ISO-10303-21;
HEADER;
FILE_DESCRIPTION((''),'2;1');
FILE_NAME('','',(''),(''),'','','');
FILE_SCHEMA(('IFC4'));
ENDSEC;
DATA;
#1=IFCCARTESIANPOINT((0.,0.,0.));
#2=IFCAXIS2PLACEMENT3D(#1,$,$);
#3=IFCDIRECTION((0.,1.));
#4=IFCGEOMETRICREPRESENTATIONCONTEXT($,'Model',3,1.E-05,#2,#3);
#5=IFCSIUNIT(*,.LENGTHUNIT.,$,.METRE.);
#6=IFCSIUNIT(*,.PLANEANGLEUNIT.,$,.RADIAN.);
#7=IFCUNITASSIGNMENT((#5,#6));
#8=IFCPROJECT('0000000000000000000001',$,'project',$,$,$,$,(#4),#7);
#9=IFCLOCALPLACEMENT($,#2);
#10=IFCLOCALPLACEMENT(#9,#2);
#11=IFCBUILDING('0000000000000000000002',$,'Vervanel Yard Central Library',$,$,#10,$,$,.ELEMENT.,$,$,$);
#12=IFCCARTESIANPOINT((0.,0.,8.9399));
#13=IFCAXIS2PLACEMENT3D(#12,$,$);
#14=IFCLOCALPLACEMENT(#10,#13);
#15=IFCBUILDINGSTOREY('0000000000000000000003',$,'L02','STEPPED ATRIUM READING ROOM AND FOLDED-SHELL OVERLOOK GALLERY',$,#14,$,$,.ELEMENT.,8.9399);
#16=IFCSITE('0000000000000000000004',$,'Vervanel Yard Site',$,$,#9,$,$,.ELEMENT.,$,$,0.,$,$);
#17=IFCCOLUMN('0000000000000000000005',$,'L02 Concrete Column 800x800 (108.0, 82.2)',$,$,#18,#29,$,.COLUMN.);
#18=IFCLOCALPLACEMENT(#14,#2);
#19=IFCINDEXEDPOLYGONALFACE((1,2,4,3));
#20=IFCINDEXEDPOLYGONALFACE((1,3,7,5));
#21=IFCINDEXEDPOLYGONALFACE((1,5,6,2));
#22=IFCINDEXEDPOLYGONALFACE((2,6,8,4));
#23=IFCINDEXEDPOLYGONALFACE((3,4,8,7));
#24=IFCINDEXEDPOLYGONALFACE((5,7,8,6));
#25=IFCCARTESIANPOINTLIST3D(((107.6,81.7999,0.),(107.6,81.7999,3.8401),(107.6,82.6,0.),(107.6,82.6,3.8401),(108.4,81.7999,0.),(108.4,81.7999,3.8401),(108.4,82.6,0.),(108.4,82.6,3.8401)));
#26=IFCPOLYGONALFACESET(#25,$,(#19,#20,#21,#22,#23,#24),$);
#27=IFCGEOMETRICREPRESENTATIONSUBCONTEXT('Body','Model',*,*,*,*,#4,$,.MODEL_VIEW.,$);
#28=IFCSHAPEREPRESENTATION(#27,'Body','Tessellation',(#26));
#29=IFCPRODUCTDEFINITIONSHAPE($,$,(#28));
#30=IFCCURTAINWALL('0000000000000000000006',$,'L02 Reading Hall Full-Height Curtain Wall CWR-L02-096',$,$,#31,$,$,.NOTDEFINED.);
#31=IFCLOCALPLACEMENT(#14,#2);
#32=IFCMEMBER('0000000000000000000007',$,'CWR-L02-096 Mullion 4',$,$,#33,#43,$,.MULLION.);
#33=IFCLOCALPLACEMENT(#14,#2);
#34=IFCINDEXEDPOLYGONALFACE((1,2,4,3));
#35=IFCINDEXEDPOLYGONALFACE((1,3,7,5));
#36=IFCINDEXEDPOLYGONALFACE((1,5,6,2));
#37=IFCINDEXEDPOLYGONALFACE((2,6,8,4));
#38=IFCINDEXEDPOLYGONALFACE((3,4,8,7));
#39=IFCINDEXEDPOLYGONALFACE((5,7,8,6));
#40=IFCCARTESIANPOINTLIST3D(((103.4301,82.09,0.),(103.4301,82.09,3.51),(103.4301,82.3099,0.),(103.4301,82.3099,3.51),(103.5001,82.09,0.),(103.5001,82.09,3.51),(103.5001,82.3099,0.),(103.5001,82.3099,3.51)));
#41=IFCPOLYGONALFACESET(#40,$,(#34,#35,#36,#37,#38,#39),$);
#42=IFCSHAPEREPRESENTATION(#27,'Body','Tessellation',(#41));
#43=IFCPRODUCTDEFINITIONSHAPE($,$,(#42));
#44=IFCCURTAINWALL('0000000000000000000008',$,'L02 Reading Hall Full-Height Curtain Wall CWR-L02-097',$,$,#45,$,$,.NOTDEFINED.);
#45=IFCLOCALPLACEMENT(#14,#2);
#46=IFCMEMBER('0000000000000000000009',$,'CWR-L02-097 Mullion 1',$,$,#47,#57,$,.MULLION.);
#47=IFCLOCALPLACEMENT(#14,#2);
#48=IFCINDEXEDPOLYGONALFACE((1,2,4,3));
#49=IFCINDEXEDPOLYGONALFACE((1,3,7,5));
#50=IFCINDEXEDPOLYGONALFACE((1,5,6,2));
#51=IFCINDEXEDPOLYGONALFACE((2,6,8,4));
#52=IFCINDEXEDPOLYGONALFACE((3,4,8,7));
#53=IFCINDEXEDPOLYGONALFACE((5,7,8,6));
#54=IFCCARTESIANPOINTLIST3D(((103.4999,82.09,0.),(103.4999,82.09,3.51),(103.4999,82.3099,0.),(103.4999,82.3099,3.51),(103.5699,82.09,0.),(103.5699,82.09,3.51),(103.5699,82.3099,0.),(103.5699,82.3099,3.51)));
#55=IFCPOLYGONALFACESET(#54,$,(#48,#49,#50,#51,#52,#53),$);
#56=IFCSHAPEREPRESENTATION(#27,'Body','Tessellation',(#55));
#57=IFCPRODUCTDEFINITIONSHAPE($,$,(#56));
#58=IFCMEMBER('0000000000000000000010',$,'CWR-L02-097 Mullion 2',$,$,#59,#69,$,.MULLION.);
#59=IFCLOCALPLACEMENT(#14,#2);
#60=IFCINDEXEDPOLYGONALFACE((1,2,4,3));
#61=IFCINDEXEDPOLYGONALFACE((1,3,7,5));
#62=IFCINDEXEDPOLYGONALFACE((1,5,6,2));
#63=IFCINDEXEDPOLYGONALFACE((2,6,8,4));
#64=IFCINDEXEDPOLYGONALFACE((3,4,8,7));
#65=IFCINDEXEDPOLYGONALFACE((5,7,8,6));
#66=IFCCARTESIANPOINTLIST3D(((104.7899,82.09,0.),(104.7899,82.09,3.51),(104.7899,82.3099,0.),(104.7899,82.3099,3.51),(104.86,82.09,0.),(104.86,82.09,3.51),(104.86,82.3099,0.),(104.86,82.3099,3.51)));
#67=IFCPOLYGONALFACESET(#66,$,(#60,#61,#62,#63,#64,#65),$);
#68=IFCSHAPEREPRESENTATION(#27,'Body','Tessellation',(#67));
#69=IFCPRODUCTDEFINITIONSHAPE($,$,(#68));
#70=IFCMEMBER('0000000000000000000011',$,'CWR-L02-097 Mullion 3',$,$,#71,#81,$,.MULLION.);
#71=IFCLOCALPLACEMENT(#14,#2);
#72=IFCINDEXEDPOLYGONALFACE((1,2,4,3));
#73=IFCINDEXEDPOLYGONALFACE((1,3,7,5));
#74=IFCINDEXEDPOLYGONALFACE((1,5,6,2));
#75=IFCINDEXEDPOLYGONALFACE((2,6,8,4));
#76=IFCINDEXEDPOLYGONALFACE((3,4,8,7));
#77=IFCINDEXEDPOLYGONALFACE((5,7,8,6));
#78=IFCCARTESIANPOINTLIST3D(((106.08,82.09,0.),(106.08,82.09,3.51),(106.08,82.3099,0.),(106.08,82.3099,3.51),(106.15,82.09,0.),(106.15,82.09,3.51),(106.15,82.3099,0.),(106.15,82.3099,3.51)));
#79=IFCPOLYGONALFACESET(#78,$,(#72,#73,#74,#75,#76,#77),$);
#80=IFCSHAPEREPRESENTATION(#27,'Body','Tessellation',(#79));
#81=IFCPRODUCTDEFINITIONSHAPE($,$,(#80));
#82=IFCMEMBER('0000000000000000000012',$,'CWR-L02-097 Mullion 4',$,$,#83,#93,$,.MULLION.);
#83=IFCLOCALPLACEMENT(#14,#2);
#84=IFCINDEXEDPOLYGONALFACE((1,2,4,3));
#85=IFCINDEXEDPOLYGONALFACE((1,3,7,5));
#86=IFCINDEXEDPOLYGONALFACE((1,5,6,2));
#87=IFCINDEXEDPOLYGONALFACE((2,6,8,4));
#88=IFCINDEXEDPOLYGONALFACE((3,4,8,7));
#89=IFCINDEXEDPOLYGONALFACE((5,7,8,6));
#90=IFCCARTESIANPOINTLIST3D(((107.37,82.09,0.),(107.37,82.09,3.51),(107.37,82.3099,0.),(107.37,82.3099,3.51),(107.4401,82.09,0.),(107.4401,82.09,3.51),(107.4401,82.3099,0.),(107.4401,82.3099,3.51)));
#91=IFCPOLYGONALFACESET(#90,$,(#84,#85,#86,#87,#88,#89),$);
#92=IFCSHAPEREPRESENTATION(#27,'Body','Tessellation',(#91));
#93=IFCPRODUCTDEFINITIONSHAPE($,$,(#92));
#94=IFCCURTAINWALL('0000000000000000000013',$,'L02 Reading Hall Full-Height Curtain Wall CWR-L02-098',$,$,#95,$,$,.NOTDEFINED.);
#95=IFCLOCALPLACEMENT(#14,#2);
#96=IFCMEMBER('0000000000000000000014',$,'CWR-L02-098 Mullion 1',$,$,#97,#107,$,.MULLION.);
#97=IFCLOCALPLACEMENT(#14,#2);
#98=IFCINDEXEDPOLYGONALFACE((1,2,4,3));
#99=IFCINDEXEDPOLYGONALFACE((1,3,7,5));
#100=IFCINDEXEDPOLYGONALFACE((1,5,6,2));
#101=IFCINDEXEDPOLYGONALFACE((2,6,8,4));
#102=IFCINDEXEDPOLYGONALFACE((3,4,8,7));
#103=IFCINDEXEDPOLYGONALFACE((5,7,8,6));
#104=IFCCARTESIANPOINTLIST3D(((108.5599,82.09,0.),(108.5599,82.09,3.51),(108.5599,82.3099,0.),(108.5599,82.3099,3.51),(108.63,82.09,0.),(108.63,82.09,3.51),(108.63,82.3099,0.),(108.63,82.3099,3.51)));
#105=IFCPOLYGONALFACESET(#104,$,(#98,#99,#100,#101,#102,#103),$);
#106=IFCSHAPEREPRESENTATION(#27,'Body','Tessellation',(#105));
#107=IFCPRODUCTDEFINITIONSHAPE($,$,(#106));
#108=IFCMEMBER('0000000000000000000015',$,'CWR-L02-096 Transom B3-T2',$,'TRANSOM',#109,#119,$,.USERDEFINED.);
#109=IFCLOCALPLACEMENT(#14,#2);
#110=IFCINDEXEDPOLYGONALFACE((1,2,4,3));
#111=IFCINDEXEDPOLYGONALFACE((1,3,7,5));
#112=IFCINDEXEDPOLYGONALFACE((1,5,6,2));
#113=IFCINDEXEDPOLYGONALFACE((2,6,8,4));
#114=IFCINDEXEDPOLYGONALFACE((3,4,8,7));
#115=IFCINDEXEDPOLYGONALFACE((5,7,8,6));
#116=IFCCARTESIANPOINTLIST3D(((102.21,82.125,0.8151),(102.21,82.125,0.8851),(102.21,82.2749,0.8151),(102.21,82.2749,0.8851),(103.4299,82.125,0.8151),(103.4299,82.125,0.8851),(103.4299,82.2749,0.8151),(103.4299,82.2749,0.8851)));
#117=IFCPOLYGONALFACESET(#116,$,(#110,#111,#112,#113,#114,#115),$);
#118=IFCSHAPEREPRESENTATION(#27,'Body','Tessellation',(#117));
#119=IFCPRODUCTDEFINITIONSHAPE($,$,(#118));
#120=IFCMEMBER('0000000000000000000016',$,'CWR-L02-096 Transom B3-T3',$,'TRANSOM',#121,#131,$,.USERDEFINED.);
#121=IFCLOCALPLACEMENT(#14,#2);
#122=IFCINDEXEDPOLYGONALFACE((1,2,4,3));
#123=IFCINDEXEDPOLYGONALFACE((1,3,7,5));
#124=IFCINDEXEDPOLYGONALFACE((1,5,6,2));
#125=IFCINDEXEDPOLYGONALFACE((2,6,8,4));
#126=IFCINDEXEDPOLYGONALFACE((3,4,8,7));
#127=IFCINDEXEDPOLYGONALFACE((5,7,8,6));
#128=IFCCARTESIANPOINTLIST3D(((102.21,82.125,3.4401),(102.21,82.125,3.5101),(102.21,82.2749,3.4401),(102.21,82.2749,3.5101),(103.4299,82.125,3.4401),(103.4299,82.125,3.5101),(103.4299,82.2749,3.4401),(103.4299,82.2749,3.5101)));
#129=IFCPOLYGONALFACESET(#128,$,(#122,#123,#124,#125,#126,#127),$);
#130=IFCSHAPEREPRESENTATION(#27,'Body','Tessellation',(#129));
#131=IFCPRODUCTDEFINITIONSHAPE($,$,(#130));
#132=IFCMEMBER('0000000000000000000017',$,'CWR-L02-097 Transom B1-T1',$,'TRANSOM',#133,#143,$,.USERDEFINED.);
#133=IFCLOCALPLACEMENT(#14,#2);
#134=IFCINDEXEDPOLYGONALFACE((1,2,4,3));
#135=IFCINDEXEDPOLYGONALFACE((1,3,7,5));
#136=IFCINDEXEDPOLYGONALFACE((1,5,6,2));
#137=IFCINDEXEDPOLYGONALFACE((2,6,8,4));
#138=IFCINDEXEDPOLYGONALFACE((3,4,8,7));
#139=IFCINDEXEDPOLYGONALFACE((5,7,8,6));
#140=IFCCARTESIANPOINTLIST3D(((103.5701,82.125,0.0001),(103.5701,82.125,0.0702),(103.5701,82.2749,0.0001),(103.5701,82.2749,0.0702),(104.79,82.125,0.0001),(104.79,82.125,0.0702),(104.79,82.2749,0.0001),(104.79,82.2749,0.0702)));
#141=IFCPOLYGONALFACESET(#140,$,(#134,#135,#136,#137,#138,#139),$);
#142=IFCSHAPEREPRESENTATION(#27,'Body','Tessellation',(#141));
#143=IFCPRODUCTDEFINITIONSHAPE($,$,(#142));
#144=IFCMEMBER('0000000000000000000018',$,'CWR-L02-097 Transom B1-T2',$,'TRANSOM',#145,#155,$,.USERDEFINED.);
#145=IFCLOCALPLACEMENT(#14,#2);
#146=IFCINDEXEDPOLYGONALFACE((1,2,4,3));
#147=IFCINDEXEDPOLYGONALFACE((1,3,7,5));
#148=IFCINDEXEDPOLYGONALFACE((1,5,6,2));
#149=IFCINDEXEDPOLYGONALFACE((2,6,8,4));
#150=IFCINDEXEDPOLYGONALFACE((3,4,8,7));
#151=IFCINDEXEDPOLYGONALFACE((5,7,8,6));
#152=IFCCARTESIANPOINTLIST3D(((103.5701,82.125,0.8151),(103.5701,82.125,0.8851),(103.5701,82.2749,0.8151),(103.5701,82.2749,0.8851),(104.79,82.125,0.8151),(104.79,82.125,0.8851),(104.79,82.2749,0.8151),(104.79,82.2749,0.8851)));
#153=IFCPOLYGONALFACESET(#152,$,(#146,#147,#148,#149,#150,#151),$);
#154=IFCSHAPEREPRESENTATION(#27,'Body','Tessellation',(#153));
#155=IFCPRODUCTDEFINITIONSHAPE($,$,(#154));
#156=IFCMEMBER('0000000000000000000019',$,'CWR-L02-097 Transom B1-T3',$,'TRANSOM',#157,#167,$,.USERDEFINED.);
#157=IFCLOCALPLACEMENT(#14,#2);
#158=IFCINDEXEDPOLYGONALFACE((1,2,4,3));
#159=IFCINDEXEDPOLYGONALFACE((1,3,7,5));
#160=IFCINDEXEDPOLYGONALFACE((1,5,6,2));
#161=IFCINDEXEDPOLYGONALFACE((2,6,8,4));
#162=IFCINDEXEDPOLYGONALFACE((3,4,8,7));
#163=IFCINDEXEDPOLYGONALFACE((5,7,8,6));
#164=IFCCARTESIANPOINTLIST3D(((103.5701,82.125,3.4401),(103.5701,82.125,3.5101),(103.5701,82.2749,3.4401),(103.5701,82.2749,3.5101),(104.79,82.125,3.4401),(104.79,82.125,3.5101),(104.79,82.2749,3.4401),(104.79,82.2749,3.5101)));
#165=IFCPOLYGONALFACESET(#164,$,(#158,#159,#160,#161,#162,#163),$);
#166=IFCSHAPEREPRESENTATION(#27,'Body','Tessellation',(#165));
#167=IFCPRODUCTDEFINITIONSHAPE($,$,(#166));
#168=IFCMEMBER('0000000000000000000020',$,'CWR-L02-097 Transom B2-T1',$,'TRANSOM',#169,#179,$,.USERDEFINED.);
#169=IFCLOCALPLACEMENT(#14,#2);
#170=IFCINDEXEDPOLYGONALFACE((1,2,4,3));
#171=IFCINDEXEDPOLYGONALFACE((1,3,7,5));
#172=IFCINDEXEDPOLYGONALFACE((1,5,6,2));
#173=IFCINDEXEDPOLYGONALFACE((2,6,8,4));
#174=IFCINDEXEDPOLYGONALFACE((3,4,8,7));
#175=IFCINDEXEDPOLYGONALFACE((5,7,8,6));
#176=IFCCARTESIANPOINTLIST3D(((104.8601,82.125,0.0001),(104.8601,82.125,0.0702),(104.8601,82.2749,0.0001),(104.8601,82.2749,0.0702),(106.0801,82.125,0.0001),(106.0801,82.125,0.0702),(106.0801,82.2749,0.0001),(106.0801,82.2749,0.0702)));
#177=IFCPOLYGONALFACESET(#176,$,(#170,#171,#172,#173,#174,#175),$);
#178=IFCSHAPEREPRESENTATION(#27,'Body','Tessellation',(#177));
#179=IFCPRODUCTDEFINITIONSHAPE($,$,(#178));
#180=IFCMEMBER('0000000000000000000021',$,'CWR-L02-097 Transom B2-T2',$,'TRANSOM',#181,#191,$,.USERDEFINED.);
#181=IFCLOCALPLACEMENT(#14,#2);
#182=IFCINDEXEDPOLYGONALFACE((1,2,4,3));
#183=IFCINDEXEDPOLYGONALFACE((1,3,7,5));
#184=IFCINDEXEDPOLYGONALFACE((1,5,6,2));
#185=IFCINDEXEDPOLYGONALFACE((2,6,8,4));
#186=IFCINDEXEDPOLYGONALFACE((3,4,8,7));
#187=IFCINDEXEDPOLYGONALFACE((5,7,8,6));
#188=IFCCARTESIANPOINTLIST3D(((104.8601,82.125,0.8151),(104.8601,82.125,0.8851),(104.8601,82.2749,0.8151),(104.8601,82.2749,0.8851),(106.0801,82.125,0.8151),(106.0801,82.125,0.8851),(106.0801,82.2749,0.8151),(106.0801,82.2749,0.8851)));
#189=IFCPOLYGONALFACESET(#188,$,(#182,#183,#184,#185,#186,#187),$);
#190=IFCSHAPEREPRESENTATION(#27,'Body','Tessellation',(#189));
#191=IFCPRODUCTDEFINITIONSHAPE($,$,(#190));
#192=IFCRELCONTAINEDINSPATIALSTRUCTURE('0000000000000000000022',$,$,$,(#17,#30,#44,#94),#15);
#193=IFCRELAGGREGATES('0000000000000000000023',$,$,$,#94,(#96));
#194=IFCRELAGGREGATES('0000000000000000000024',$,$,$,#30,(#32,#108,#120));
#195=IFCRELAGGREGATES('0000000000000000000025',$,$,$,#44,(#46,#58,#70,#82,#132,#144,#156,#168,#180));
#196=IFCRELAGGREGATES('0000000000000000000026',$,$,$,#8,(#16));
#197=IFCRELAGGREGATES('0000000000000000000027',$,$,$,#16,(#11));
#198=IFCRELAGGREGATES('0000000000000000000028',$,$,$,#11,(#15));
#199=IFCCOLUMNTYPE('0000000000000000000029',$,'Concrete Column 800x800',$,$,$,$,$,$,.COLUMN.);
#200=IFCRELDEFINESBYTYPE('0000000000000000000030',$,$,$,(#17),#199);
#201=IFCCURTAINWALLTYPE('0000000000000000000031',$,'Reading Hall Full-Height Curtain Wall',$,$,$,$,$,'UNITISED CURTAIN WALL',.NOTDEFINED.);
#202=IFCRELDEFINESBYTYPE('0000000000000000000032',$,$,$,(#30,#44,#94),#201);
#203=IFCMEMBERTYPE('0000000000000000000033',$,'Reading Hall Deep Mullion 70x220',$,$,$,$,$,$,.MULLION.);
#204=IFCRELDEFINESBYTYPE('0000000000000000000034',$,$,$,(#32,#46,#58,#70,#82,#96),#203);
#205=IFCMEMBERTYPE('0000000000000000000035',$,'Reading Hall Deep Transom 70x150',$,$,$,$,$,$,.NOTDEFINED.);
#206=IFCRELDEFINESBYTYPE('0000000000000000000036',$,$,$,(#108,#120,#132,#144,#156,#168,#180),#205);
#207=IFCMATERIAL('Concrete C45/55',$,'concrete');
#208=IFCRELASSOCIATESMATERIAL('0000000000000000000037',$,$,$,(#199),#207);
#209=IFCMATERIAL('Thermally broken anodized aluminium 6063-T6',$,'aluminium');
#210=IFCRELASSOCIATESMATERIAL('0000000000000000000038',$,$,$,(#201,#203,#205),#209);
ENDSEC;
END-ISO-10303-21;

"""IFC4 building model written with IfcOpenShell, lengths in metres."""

from ifc_helpers import new_model, si_unit, direction, frame, origin, origin_2d, place, context, subcontext, project, spatial, rectangle, extrude, material, material_profile, profile_set, type_object, element, aggregate, save


model = new_model("IFC4")

# Units and contexts
model_context = context("Model", 3, precision=1e-05, world=origin(), true_north=direction((0.0, 1.0)))
body_context = subcontext(model_context, "Body", "Model", "MODEL_VIEW")
ifc_project = project(units=[si_unit("LENGTHUNIT", "METRE"), si_unit("PLANEANGLEUNIT", "RADIAN")], contexts=[model_context])

# Site, building, storey
site_placement = place(None, origin())
site = spatial("IfcSite", under=ifc_project, at=site_placement, Name="Vervanel Yard Site", CompositionType="ELEMENT", RefElevation=0.0)
building_placement = place(site_placement, origin())
building = spatial("IfcBuilding", under=site, at=building_placement, Name="Vervanel Yard Central Library", CompositionType="ELEMENT")
storey_placement = place(building_placement, frame((0.0, 0.0, 8.9399)))
storey = spatial("IfcBuildingStorey", under=building, at=storey_placement, Name="L02", Description="STEPPED ATRIUM READING ROOM AND FOLDED-SHELL OVERLOOK GALLERY", CompositionType="ELEMENT", Elevation=8.9399)

# Column
ifc_material_1 = material(Name="Concrete C45/55", Category="concrete")
ifc_material_profile_1 = material_profile(ifc_material_1, rectangle(XDim=0.8, YDim=0.8, at=origin_2d()), Name="RC 800x800", Category="concrete")
ifc_profile_set_1 = profile_set([ifc_material_profile_1], Name="Concrete C45/55")
column_type = type_object("IfcColumnType", Name="Concrete Column 800x800", PredefinedType="COLUMN", material=ifc_profile_set_1)
column_placement = place(storey_placement, frame((108.0, 82.2, 0.0), z_axis=(0.0, 0.0, 1.0), x_axis=(1.0, 0.0, 0.0)))
element("IfcColumn", 1, at=column_placement, inside=storey, type_object=column_type, Name="L02 Concrete Column 800x800 (108.0, 82.2)", PredefinedType="COLUMN", context=body_context, shape_type="SweptSolid", body=[
    extrude(rectangle(XDim=0.8, YDim=0.8, at=origin_2d()), origin(), (0.0, 0.0, 1.0), 3.8401),
])

# Curtain wall, member
ifc_material_2 = material(Name="Thermally broken anodized aluminium 6063-T6", Category="aluminium")
curtain_wall_type = type_object("IfcCurtainWallType", Name="Reading Hall Full-Height Curtain Wall", ElementType="UNITISED CURTAIN WALL", PredefinedType="NOTDEFINED", material=ifc_material_2)
curtain_wall_1_placement = place(storey_placement, origin())
curtain_wall_1 = element("IfcCurtainWall", 2, at=curtain_wall_1_placement, inside=storey, type_object=curtain_wall_type, Name="L02 Reading Hall Full-Height Curtain Wall CWR-L02-096", PredefinedType="NOTDEFINED")
ifc_material_profile_2 = material_profile(ifc_material_2, rectangle(XDim=0.0701, YDim=0.22, at=origin_2d()), Name="ALU 70x220", Category="aluminium")
ifc_profile_set_2 = profile_set([ifc_material_profile_2], Name="Thermally broken anodized aluminium 6063-T6")
member_type_1 = type_object("IfcMemberType", Name="Reading Hall Deep Mullion 70x220", PredefinedType="MULLION", material=ifc_profile_set_2)
member_1_placement = place(storey_placement, frame((103.4651, 82.2, 0.0), z_axis=(0.0, 0.0, 1.0), x_axis=(1.0, 0.0, 0.0)))
member_1 = element("IfcMember", 3, at=member_1_placement, type_object=member_type_1, Name="CWR-L02-096 Mullion 4", PredefinedType="MULLION", context=body_context, shape_type="SweptSolid", body=[
    extrude(rectangle(XDim=0.0701, YDim=0.22, at=origin_2d()), origin(), (0.0, 0.0, 1.0), 3.51),
])

# Curtain wall, members
curtain_wall_2_placement = place(storey_placement, origin())
curtain_wall_2 = element("IfcCurtainWall", 4, at=curtain_wall_2_placement, inside=storey, type_object=curtain_wall_type, Name="L02 Reading Hall Full-Height Curtain Wall CWR-L02-097", PredefinedType="NOTDEFINED")
member_2_placement = place(storey_placement, frame((103.5349, 82.2, 0.0), z_axis=(0.0, 0.0, 1.0), x_axis=(1.0, 0.0, 0.0)))
member_2 = element("IfcMember", 5, at=member_2_placement, type_object=member_type_1, Name="CWR-L02-097 Mullion 1", PredefinedType="MULLION", context=body_context, shape_type="SweptSolid", body=[
    extrude(rectangle(XDim=0.0701, YDim=0.22, at=origin_2d()), origin(), (0.0, 0.0, 1.0), 3.51),
])
member_3_placement = place(storey_placement, frame((104.825, 82.2, 0.0), z_axis=(0.0, 0.0, 1.0), x_axis=(1.0, 0.0, 0.0)))
member_3 = element("IfcMember", 6, at=member_3_placement, type_object=member_type_1, Name="CWR-L02-097 Mullion 2", PredefinedType="MULLION", context=body_context, shape_type="SweptSolid", body=[
    extrude(rectangle(XDim=0.0701, YDim=0.22, at=origin_2d()), origin(), (0.0, 0.0, 1.0), 3.51),
])
member_4_placement = place(storey_placement, frame((106.115, 82.2, 0.0), z_axis=(0.0, 0.0, 1.0), x_axis=(1.0, 0.0, 0.0)))
member_4 = element("IfcMember", 7, at=member_4_placement, type_object=member_type_1, Name="CWR-L02-097 Mullion 3", PredefinedType="MULLION", context=body_context, shape_type="SweptSolid", body=[
    extrude(rectangle(XDim=0.0701, YDim=0.22, at=origin_2d()), origin(), (0.0, 0.0, 1.0), 3.51),
])
member_5_placement = place(storey_placement, frame((107.405, 82.2, 0.0), z_axis=(0.0, 0.0, 1.0), x_axis=(1.0, 0.0, 0.0)))
member_5 = element("IfcMember", 8, at=member_5_placement, type_object=member_type_1, Name="CWR-L02-097 Mullion 4", PredefinedType="MULLION", context=body_context, shape_type="SweptSolid", body=[
    extrude(rectangle(XDim=0.0701, YDim=0.22, at=origin_2d()), origin(), (0.0, 0.0, 1.0), 3.51),
])

# Curtain wall, member
curtain_wall_3_placement = place(storey_placement, origin())
curtain_wall_3 = element("IfcCurtainWall", 9, at=curtain_wall_3_placement, inside=storey, type_object=curtain_wall_type, Name="L02 Reading Hall Full-Height Curtain Wall CWR-L02-098", PredefinedType="NOTDEFINED")
member_6_placement = place(storey_placement, frame((108.595, 82.2, 0.0), z_axis=(0.0, 0.0, 1.0), x_axis=(1.0, 0.0, 0.0)))
member_6 = element("IfcMember", 10, at=member_6_placement, type_object=member_type_1, Name="CWR-L02-098 Mullion 1", PredefinedType="MULLION", context=body_context, shape_type="SweptSolid", body=[
    extrude(rectangle(XDim=0.0701, YDim=0.22, at=origin_2d()), origin(), (0.0, 0.0, 1.0), 3.51),
])

# Members
ifc_material_profile_3 = material_profile(ifc_material_2, rectangle(XDim=0.0701, YDim=0.1499, at=origin_2d()), Name="ALU 70x150", Category="aluminium")
ifc_profile_set_3 = profile_set([ifc_material_profile_3], Name="Thermally broken anodized aluminium 6063-T6")
member_type_2 = type_object("IfcMemberType", Name="Reading Hall Deep Transom 70x150", PredefinedType="NOTDEFINED", material=ifc_profile_set_3)
member_7_placement = place(storey_placement, frame((102.21, 82.2, 0.8501), z_axis=(1.0, 0.0, 0.0), x_axis=(0.0, 0.0, 1.0)))
member_7 = element("IfcMember", 11, at=member_7_placement, type_object=member_type_2, Name="CWR-L02-096 Transom B3-T2", ObjectType="TRANSOM", PredefinedType="USERDEFINED", context=body_context, shape_type="SweptSolid", body=[
    extrude(rectangle(XDim=0.0701, YDim=0.1499, at=origin_2d()), origin(), (0.0, 0.0, 1.0), 1.22),
])
member_8_placement = place(storey_placement, frame((102.21, 82.2, 3.4751), z_axis=(1.0, 0.0, 0.0), x_axis=(0.0, 0.0, 1.0)))
member_8 = element("IfcMember", 12, at=member_8_placement, type_object=member_type_2, Name="CWR-L02-096 Transom B3-T3", ObjectType="TRANSOM", PredefinedType="USERDEFINED", context=body_context, shape_type="SweptSolid", body=[
    extrude(rectangle(XDim=0.0701, YDim=0.1499, at=origin_2d()), origin(), (0.0, 0.0, 1.0), 1.22),
])
member_9_placement = place(storey_placement, frame((103.5701, 82.2, 0.0352), z_axis=(1.0, 0.0, 0.0), x_axis=(0.0, 0.0, 1.0)))
member_9 = element("IfcMember", 13, at=member_9_placement, type_object=member_type_2, Name="CWR-L02-097 Transom B1-T1", ObjectType="TRANSOM", PredefinedType="USERDEFINED", context=body_context, shape_type="SweptSolid", body=[
    extrude(rectangle(XDim=0.0701, YDim=0.1499, at=origin_2d()), origin(), (0.0, 0.0, 1.0), 1.22),
])
member_10_placement = place(storey_placement, frame((103.5701, 82.2, 0.8501), z_axis=(1.0, 0.0, 0.0), x_axis=(0.0, 0.0, 1.0)))
member_10 = element("IfcMember", 14, at=member_10_placement, type_object=member_type_2, Name="CWR-L02-097 Transom B1-T2", ObjectType="TRANSOM", PredefinedType="USERDEFINED", context=body_context, shape_type="SweptSolid", body=[
    extrude(rectangle(XDim=0.0701, YDim=0.1499, at=origin_2d()), origin(), (0.0, 0.0, 1.0), 1.22),
])
member_11_placement = place(storey_placement, frame((103.5701, 82.2, 3.4751), z_axis=(1.0, 0.0, 0.0), x_axis=(0.0, 0.0, 1.0)))
member_11 = element("IfcMember", 15, at=member_11_placement, type_object=member_type_2, Name="CWR-L02-097 Transom B1-T3", ObjectType="TRANSOM", PredefinedType="USERDEFINED", context=body_context, shape_type="SweptSolid", body=[
    extrude(rectangle(XDim=0.0701, YDim=0.1499, at=origin_2d()), origin(), (0.0, 0.0, 1.0), 1.22),
])
member_12_placement = place(storey_placement, frame((104.8601, 82.2, 0.0352), z_axis=(1.0, 0.0, 0.0), x_axis=(0.0, 0.0, 1.0)))
member_12 = element("IfcMember", 16, at=member_12_placement, type_object=member_type_2, Name="CWR-L02-097 Transom B2-T1", ObjectType="TRANSOM", PredefinedType="USERDEFINED", context=body_context, shape_type="SweptSolid", body=[
    extrude(rectangle(XDim=0.0701, YDim=0.1499, at=origin_2d()), origin(), (0.0, 0.0, 1.0), 1.22),
])
member_13_placement = place(storey_placement, frame((104.8601, 82.2, 0.8501), z_axis=(1.0, 0.0, 0.0), x_axis=(0.0, 0.0, 1.0)))
member_13 = element("IfcMember", 17, at=member_13_placement, type_object=member_type_2, Name="CWR-L02-097 Transom B2-T2", ObjectType="TRANSOM", PredefinedType="USERDEFINED", context=body_context, shape_type="SweptSolid", body=[
    extrude(rectangle(XDim=0.0701, YDim=0.1499, at=origin_2d()), origin(), (0.0, 0.0, 1.0), 1.22),
])
aggregate(curtain_wall_3, [member_6])

aggregate(curtain_wall_1, [member_1, member_7, member_8])
aggregate(curtain_wall_2, [member_2, member_3, member_4, member_5, member_9, member_10, member_11, member_12, member_13])

save(model, "model.ifc")
